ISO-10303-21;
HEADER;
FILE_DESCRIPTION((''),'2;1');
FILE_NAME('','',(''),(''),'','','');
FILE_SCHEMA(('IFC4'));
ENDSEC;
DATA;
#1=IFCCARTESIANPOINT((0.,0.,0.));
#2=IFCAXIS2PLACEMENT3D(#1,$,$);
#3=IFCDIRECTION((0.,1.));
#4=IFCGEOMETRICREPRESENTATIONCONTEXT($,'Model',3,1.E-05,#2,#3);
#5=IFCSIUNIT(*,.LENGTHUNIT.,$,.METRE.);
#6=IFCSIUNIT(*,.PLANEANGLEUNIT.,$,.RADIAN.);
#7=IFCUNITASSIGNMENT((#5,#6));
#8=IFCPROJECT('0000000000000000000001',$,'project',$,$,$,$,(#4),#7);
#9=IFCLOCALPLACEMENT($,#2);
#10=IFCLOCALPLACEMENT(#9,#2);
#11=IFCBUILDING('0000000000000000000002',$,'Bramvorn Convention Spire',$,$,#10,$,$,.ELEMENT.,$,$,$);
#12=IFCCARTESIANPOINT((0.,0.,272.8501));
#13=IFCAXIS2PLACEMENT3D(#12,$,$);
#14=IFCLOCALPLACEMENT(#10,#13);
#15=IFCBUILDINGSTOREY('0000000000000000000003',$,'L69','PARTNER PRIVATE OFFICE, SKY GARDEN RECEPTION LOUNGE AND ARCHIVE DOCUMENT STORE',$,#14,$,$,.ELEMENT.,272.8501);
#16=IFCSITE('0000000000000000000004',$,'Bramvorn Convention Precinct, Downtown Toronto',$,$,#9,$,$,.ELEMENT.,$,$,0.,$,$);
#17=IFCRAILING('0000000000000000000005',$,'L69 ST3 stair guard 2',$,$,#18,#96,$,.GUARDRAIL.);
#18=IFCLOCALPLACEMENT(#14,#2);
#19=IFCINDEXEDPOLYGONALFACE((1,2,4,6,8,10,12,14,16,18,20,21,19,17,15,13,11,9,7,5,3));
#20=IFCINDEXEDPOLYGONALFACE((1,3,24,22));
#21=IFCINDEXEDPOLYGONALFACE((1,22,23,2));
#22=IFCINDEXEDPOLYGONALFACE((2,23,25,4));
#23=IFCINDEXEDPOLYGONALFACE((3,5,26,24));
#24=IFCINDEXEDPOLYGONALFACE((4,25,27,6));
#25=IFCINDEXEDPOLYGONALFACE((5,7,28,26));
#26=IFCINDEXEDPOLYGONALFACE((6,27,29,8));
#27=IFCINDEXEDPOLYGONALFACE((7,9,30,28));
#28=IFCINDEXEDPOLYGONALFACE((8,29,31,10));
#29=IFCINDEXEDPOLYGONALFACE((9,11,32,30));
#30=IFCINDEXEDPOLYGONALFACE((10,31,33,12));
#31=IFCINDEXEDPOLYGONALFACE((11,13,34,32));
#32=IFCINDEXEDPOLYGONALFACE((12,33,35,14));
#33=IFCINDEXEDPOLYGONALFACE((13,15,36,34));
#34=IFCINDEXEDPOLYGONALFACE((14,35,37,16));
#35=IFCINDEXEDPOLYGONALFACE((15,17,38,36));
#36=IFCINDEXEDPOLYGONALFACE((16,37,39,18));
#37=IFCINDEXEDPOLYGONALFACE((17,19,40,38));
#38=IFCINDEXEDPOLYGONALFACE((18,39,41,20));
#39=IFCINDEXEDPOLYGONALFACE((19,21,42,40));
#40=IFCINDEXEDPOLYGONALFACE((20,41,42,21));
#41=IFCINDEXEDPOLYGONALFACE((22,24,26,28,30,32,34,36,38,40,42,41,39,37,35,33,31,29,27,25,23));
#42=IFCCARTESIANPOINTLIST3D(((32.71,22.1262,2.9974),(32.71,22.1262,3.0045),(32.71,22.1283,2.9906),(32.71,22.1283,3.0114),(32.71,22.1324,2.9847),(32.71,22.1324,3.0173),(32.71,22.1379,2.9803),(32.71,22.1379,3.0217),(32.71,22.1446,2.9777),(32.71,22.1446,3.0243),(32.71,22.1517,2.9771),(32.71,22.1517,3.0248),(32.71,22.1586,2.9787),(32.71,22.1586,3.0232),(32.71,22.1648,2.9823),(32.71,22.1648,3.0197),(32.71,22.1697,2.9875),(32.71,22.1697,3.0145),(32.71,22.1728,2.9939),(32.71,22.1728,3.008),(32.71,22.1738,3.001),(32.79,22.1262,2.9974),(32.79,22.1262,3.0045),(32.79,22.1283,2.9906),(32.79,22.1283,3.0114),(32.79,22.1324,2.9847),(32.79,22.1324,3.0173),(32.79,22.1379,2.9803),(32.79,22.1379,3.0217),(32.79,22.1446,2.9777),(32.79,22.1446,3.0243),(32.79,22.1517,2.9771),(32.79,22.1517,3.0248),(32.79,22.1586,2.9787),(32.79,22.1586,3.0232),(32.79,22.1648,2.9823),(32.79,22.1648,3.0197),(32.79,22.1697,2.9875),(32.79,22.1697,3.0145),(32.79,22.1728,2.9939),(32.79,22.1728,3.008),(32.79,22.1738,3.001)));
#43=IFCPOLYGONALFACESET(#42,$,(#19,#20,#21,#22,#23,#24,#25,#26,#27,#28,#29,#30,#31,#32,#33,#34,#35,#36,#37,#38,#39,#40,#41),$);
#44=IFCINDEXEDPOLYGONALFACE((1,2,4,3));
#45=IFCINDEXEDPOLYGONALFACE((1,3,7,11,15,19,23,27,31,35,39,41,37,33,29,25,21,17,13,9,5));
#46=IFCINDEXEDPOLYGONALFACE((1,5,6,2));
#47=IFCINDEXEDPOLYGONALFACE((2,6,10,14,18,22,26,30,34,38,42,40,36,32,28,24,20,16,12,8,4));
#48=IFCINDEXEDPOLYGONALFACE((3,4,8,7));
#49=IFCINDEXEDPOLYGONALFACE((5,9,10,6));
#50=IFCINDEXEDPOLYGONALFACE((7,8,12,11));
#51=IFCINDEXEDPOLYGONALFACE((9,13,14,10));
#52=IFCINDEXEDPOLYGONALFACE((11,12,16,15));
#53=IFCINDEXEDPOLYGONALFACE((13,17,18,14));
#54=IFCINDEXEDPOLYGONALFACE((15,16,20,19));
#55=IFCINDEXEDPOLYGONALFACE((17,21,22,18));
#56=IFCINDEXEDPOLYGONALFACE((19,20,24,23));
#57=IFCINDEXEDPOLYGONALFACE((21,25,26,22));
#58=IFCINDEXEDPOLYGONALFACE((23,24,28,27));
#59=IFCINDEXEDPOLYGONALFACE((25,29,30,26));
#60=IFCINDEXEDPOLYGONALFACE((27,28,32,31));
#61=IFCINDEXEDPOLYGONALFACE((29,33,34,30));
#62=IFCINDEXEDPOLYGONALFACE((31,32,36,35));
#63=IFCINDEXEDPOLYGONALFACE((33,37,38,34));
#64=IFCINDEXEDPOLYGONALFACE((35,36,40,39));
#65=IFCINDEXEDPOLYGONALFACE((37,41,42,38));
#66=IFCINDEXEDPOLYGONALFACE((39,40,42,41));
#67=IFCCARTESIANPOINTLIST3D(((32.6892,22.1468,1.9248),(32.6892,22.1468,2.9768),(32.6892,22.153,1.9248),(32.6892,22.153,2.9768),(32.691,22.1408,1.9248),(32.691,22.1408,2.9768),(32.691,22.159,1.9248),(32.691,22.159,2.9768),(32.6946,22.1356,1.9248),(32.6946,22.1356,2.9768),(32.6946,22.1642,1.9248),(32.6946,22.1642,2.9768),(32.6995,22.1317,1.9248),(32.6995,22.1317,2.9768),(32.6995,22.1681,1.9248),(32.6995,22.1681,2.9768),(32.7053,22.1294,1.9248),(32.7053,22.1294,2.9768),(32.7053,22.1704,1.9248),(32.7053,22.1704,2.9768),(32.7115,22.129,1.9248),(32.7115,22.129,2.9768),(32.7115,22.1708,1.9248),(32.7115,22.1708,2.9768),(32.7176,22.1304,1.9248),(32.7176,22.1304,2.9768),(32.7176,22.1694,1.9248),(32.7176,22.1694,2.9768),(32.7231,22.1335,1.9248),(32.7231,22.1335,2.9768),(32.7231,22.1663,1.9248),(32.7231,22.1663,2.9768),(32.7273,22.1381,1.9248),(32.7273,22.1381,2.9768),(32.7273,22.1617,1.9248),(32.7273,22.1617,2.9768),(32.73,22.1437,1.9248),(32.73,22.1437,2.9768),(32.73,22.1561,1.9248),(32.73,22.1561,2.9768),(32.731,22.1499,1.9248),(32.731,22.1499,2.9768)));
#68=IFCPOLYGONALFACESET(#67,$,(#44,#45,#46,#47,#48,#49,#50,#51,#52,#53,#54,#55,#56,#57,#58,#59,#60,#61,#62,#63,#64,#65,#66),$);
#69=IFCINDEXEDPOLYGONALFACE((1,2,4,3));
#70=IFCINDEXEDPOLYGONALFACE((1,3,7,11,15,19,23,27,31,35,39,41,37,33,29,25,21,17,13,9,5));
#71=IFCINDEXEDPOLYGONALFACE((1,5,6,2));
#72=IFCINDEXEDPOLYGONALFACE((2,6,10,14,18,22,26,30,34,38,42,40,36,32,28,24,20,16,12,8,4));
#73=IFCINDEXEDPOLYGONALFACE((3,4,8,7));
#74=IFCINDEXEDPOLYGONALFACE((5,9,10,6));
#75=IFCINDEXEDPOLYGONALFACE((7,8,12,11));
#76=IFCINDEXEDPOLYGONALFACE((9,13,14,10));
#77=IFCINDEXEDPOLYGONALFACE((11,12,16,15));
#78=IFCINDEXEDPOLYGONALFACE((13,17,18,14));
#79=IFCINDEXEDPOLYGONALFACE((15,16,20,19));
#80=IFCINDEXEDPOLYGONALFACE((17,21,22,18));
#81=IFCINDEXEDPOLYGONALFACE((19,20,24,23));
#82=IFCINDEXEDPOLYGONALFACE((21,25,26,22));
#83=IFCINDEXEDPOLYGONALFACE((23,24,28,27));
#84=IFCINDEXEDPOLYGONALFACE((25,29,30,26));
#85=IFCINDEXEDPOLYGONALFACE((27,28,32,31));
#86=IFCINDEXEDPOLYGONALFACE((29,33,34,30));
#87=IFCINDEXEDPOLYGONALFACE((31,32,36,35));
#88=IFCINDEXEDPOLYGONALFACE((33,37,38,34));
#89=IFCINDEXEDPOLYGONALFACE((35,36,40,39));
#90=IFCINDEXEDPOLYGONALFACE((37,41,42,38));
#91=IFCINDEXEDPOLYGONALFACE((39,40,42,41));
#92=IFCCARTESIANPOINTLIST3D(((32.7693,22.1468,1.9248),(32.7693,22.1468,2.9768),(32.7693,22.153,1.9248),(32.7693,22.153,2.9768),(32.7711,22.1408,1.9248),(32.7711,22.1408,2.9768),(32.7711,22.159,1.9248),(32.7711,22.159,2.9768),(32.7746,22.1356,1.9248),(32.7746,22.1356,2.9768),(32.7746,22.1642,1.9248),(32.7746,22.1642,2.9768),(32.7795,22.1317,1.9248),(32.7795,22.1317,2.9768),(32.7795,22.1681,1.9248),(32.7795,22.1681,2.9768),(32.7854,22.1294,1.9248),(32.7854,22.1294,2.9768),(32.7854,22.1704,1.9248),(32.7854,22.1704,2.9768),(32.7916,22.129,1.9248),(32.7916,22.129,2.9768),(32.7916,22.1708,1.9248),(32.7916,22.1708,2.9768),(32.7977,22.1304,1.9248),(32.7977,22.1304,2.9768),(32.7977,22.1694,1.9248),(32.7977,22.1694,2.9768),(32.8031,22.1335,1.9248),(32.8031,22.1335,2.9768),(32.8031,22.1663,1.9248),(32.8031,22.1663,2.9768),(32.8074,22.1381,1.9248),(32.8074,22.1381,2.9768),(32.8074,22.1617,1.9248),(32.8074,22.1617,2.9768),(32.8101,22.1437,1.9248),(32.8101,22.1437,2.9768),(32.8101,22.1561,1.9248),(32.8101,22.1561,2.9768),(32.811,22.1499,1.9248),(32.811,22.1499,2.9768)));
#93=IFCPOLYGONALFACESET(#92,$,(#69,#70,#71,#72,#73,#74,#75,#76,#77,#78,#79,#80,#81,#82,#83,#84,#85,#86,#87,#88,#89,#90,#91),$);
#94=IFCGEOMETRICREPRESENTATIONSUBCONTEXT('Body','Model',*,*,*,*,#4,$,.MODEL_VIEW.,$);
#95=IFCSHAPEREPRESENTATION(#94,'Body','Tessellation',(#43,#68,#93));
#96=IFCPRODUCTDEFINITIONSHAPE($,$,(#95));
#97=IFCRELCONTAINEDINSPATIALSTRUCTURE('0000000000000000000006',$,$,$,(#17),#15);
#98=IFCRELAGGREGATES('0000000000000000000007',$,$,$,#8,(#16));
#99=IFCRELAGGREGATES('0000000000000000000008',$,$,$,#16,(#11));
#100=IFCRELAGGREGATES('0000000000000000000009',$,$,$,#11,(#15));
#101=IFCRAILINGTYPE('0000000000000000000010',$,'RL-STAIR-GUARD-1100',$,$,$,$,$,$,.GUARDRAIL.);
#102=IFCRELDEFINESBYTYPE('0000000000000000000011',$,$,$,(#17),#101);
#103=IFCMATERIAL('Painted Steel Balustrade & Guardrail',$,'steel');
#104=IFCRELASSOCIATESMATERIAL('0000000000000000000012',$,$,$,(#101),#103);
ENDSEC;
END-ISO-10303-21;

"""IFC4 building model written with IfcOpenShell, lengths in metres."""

from ifc_helpers import new_model, si_unit, direction, frame, origin, origin_2d, place, context, subcontext, project, spatial, circle, extrude, material, type_object, element, save


model = new_model("IFC4")

# Units and contexts
model_context = context("Model", 3, precision=1e-05, world=origin(), true_north=direction((0.0, 1.0)))
body_context = subcontext(model_context, "Body", "Model", "MODEL_VIEW")
ifc_project = project(units=[si_unit("LENGTHUNIT", "METRE"), si_unit("PLANEANGLEUNIT", "RADIAN")], contexts=[model_context])

# Site, building, storey
site_placement = place(None, origin())
site = spatial("IfcSite", under=ifc_project, at=site_placement, Name="Bramvorn Convention Precinct, Downtown Toronto", CompositionType="ELEMENT", RefElevation=0.0)
building_placement = place(site_placement, origin())
building = spatial("IfcBuilding", under=site, at=building_placement, Name="Bramvorn Convention Spire", CompositionType="ELEMENT")
storey_placement = place(building_placement, frame((0.0, 0.0, 272.8501)))
storey = spatial("IfcBuildingStorey", under=building, at=storey_placement, Name="L69", Description="PARTNER PRIVATE OFFICE, SKY GARDEN RECEPTION LOUNGE AND ARCHIVE DOCUMENT STORE", CompositionType="ELEMENT", Elevation=272.8501)

# Railing
ifc_material_1 = material(Name="Painted Steel Balustrade & Guardrail", Category="steel")
railing_type_1 = type_object("IfcRailingType", Name="RL-STAIR-GUARD-1100", PredefinedType="GUARDRAIL", material=ifc_material_1)
railing_1_placement = place(storey_placement, frame((32.71, 22.1499, 1.9248)))
element("IfcRailing", 1, at=railing_1_placement, inside=storey, type_object=railing_type_1, Name="L69 ST3 stair guard 2", PredefinedType="GUARDRAIL", context=body_context, shape_type="SweptSolid", body=[
    extrude(circle(Radius=0.0239, at=origin_2d()), frame((0.0, 0.0, 1.0762), z_axis=(1.0, 0.0, 0.0), x_axis=(0.0, 1.0, 0.0)), (0.0, 0.0, 1.0), 0.0801),
    extrude(circle(Radius=0.021, at=origin_2d()), origin(), (0.0, 0.0, 1.0), 1.052),
    extrude(circle(Radius=0.021, at=origin_2d()), frame((0.0801, 0.0, 0.0)), (0.0, 0.0, 1.0), 1.052),
])

save(model, "model.ifc")
